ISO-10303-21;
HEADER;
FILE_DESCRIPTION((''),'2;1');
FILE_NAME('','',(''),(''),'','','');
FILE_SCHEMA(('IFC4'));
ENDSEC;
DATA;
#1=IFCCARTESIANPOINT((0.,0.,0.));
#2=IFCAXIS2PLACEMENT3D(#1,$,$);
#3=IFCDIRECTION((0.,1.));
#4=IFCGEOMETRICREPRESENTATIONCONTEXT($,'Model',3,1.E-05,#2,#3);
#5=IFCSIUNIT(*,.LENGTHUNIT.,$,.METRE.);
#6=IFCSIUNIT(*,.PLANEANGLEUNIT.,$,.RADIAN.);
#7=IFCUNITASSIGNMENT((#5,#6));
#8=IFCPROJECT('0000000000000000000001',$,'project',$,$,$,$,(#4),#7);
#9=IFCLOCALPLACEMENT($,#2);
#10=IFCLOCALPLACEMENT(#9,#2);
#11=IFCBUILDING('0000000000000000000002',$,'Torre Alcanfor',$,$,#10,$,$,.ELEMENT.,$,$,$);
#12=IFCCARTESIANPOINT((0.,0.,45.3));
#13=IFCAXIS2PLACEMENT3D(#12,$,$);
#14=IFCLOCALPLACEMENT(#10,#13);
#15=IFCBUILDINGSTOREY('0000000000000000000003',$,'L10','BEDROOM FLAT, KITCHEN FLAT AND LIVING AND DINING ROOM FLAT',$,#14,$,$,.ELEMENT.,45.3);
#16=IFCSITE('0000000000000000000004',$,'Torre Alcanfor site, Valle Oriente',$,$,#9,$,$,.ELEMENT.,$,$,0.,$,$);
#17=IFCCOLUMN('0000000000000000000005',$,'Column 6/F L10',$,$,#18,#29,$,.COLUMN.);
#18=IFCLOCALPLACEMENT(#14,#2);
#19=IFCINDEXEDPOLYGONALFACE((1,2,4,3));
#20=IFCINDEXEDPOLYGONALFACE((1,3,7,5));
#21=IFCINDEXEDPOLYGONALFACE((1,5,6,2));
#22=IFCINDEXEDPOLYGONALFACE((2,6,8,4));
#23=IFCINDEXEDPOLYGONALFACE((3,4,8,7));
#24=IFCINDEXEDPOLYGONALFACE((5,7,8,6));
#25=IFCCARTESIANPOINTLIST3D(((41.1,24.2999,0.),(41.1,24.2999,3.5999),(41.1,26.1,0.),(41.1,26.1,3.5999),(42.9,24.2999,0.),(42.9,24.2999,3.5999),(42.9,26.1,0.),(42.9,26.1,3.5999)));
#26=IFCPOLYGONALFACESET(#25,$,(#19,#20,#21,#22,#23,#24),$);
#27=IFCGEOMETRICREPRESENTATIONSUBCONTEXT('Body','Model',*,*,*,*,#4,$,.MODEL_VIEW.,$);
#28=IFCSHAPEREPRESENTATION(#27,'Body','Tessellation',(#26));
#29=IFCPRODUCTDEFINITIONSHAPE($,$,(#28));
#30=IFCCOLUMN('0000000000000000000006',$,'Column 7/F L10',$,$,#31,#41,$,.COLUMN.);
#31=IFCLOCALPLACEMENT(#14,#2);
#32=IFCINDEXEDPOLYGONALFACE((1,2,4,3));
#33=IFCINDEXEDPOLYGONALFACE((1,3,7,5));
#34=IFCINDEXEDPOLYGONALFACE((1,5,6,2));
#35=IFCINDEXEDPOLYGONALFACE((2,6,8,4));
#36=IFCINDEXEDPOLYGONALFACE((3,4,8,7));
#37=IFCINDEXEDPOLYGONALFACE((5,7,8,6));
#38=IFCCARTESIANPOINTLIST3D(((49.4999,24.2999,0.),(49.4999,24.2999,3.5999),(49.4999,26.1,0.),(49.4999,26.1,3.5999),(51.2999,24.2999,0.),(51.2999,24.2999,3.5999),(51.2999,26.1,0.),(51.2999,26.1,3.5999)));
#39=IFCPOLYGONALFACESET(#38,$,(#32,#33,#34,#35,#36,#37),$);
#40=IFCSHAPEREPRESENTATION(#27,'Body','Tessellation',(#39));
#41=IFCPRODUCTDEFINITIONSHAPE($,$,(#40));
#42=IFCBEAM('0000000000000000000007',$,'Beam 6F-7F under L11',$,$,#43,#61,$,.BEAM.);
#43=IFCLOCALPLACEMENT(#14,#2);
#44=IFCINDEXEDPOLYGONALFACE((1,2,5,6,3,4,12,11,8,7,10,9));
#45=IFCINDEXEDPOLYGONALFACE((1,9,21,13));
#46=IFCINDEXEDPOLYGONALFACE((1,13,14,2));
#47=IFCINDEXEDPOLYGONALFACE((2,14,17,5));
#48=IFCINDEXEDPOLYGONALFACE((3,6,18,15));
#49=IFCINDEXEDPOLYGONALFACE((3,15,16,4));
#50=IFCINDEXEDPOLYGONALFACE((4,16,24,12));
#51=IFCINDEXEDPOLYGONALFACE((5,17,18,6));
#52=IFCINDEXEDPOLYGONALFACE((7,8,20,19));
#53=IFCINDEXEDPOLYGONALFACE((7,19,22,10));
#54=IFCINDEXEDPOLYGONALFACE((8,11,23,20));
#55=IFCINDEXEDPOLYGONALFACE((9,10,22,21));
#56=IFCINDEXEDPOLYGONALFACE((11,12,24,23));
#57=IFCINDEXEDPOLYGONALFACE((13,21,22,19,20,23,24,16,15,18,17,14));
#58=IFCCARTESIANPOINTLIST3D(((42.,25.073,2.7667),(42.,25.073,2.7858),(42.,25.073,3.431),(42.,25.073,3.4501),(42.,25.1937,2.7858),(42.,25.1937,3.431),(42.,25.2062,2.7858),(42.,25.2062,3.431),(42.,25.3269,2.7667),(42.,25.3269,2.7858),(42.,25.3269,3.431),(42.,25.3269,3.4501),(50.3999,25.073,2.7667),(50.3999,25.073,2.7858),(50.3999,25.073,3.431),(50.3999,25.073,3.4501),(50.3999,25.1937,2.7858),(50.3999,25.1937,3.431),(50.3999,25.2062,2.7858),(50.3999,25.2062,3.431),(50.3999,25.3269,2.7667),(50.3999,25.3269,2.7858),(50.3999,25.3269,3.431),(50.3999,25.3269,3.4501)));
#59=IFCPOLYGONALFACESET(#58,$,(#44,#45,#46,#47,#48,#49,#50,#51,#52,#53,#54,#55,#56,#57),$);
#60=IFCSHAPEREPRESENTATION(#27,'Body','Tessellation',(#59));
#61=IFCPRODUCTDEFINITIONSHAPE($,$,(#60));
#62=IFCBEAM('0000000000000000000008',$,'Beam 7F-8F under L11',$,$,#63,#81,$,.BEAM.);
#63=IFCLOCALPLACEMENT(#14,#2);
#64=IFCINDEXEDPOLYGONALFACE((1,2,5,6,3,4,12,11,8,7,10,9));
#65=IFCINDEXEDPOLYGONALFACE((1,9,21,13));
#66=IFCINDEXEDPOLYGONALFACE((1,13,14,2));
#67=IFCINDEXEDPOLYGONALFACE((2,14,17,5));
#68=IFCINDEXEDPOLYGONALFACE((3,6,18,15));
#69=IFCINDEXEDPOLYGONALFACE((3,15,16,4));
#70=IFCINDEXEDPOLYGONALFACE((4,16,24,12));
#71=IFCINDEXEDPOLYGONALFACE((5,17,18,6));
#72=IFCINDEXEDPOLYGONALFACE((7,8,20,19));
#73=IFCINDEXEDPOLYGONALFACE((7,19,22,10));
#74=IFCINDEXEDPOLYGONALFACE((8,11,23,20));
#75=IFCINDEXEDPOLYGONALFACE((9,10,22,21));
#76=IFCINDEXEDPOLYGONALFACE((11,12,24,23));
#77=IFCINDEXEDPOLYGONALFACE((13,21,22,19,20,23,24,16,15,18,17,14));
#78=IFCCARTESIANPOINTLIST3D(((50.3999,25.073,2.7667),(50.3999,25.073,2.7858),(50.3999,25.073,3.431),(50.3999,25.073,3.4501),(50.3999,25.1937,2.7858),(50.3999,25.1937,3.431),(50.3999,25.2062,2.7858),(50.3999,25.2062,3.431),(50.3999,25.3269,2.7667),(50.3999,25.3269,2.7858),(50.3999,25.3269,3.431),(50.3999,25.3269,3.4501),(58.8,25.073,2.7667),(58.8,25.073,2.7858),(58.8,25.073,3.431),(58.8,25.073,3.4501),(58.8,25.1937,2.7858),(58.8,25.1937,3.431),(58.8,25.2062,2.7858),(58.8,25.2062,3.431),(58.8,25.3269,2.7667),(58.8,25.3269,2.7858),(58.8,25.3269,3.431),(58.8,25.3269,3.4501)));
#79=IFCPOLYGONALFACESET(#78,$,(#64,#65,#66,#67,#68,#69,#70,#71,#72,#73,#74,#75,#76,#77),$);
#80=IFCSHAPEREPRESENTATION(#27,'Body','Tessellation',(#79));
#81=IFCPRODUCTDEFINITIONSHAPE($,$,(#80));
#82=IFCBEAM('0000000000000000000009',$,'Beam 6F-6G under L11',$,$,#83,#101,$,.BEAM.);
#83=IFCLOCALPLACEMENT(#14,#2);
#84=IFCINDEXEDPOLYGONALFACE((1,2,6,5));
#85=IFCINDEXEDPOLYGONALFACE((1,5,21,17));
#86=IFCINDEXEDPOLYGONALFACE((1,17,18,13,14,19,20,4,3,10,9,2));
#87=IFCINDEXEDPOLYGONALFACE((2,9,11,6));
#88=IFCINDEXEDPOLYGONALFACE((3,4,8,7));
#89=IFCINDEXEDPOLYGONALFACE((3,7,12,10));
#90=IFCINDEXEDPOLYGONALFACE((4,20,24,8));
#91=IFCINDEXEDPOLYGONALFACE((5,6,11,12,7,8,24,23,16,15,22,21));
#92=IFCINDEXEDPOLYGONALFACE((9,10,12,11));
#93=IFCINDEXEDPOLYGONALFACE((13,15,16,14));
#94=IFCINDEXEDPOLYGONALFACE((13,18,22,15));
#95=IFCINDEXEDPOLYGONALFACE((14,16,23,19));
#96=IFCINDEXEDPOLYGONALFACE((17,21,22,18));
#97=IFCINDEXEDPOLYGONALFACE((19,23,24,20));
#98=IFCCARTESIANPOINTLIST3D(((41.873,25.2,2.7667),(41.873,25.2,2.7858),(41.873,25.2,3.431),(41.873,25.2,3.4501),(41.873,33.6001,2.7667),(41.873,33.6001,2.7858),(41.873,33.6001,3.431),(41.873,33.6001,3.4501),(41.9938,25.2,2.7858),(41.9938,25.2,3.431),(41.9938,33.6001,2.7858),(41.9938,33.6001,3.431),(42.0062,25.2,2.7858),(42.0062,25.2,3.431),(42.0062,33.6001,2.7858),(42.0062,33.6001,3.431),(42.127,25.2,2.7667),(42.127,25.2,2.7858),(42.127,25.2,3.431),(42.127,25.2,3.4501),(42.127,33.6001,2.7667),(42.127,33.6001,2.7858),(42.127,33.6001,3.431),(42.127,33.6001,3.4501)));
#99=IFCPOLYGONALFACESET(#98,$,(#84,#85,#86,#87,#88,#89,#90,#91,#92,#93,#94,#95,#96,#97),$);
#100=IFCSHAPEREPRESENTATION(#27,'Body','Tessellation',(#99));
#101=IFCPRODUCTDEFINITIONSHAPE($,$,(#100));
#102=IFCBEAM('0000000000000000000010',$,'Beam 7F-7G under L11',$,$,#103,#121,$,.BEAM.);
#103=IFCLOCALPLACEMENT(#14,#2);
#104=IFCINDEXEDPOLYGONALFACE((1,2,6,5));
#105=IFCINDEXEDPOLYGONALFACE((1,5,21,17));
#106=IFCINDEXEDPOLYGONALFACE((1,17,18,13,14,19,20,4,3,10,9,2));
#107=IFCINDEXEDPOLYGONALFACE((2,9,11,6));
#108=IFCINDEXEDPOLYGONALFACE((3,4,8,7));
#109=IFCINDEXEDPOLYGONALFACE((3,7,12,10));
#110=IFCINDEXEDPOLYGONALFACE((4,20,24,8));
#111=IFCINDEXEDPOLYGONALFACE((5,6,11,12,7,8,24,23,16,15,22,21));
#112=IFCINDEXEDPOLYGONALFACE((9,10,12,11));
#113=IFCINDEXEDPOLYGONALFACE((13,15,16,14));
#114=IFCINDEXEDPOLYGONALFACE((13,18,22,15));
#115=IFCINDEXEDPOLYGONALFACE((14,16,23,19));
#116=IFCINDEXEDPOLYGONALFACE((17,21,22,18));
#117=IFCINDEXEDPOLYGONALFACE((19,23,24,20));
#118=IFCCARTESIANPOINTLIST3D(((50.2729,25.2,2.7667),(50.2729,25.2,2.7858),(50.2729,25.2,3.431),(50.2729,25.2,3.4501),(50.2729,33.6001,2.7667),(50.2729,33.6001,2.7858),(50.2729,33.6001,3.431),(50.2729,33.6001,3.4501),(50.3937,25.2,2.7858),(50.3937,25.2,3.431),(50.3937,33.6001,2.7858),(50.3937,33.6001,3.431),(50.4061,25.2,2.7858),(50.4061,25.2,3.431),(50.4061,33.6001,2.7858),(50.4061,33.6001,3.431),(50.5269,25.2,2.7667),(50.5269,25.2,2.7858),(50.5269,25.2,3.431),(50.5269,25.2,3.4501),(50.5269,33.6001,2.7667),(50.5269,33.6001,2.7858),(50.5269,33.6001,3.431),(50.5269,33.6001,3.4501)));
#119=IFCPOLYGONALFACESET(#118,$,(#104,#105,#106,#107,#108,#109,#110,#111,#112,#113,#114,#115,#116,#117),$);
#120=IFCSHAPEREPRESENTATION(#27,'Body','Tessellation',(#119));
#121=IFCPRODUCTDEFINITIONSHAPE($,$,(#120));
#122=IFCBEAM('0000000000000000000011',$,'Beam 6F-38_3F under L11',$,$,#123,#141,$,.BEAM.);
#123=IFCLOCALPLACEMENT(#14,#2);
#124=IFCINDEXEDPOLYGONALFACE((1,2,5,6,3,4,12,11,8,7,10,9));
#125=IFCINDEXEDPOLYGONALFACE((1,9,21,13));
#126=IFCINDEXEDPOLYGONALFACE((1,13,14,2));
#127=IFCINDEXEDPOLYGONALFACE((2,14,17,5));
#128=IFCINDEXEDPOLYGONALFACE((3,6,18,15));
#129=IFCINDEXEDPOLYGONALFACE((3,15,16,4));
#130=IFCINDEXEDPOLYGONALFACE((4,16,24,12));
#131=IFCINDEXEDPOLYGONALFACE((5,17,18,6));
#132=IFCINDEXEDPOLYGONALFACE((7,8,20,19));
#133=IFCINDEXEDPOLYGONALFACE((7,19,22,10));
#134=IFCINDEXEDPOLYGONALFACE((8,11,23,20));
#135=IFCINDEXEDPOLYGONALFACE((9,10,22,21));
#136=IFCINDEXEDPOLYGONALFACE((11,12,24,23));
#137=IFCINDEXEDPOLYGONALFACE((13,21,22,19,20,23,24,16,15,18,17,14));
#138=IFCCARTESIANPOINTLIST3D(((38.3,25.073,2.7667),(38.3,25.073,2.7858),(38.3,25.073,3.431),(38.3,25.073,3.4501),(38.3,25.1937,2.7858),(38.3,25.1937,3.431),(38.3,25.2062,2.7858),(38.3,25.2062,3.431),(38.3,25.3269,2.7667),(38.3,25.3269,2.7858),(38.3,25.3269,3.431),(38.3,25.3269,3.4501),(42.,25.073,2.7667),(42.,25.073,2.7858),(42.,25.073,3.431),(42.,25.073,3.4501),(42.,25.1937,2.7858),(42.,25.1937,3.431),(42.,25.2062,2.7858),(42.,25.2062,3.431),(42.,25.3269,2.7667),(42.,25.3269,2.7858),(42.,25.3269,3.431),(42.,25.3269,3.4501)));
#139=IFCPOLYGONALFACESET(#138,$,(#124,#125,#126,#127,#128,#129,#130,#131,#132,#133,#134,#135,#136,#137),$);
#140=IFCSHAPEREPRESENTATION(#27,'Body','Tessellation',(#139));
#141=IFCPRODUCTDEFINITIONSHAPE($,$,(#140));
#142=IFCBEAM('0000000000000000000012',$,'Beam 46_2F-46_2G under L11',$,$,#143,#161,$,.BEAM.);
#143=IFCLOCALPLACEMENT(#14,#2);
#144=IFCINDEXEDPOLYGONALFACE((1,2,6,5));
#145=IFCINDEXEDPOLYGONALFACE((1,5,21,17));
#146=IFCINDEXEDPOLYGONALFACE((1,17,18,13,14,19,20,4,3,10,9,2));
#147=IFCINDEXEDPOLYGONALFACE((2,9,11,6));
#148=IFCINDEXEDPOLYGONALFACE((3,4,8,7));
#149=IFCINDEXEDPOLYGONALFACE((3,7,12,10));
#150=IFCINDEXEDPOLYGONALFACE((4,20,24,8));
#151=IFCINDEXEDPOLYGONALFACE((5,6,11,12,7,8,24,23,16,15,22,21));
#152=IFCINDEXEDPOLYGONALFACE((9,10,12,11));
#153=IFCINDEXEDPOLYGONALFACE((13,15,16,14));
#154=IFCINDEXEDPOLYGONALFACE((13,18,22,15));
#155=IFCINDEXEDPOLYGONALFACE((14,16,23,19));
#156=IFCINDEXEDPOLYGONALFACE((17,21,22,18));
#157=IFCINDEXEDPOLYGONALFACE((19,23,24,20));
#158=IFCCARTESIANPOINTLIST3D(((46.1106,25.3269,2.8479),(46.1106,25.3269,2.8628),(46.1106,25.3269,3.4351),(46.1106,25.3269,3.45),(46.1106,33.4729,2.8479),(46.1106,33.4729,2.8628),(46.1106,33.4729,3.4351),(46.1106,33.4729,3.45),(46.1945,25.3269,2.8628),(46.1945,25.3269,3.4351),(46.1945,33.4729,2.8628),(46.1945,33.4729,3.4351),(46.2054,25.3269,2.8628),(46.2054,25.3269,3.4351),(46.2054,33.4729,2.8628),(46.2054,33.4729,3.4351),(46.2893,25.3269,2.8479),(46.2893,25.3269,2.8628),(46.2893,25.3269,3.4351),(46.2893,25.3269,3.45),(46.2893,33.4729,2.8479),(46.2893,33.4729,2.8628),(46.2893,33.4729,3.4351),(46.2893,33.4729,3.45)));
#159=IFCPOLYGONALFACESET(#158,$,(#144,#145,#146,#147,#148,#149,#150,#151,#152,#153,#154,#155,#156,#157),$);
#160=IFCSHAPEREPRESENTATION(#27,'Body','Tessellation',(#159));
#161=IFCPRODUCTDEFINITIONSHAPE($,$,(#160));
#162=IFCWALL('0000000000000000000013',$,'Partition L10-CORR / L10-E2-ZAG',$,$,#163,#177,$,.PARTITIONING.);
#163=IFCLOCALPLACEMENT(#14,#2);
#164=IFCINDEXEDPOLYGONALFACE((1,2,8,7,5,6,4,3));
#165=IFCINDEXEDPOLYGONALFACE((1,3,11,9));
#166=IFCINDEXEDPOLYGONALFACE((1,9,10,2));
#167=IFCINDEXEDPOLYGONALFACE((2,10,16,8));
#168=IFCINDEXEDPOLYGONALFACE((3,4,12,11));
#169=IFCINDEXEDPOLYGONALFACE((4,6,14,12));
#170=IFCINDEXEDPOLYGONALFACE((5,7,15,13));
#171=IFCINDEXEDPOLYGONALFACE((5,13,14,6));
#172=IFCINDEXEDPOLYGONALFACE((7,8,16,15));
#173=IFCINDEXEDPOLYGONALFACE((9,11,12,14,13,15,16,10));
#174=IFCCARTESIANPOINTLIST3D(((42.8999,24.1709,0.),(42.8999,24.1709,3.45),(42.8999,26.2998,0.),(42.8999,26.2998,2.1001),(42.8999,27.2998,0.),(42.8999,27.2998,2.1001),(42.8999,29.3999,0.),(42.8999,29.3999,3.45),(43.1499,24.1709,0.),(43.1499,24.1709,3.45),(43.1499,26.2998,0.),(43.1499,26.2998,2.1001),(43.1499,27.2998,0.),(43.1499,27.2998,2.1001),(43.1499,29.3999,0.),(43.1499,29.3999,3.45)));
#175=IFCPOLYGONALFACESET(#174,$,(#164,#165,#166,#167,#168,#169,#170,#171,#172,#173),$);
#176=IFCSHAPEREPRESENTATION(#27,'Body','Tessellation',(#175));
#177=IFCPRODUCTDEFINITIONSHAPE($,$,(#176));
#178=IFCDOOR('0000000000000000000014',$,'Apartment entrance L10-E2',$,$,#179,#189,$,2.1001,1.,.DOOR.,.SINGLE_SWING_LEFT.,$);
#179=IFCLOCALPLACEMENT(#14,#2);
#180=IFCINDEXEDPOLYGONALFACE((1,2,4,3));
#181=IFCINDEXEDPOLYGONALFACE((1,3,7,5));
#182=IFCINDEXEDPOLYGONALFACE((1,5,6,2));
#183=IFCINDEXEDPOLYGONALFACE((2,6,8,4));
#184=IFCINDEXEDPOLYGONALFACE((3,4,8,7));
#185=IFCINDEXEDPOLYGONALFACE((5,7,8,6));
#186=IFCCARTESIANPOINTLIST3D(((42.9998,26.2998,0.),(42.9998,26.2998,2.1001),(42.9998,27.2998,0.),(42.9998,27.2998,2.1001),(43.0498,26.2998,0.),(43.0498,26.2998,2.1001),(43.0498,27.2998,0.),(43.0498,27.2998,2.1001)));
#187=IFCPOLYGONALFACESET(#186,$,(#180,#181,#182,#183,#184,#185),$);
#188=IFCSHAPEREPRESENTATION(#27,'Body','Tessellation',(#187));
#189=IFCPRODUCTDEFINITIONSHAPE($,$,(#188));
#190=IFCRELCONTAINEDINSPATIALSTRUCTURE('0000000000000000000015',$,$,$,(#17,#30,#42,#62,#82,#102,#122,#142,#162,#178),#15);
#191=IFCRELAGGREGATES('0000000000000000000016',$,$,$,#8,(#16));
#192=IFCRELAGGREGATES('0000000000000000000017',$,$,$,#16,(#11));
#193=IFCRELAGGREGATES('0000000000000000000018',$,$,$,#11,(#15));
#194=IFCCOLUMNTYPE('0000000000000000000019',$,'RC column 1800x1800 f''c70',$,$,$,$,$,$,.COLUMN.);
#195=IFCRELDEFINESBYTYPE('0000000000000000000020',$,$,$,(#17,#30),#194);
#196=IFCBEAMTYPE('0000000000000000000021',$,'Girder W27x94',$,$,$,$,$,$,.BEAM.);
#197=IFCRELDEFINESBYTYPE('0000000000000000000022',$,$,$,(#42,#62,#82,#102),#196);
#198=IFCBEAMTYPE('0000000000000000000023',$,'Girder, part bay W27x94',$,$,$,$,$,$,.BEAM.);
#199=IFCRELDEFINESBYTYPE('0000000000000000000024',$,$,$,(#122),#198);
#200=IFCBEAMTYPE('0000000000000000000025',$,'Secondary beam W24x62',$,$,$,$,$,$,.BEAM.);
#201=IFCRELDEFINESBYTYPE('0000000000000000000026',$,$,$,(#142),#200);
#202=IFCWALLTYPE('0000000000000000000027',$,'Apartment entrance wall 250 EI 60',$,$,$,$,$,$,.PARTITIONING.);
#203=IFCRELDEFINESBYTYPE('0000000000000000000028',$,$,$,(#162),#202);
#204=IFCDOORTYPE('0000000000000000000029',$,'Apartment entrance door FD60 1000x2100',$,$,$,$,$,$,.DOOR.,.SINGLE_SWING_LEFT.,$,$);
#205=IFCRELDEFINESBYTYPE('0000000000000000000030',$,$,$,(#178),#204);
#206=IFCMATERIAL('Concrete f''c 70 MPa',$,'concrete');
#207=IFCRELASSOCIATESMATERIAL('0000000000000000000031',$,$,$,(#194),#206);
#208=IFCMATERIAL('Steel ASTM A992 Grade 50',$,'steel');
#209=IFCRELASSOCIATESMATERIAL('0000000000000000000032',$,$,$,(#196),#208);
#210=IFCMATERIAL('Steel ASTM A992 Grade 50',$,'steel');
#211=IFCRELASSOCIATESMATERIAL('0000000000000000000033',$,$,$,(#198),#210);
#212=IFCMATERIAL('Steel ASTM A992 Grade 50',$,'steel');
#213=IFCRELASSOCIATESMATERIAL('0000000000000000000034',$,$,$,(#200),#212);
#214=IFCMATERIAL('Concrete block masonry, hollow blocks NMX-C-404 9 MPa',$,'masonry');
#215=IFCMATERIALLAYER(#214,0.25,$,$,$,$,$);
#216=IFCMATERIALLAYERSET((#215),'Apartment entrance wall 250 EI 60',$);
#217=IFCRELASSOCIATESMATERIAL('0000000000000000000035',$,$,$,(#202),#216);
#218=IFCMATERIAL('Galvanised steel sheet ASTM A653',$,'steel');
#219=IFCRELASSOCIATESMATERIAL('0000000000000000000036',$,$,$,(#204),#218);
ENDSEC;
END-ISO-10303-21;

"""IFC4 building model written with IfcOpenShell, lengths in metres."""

from ifc_helpers import new_model, si_unit, direction, frame, frame_2d, origin, origin_2d, place, context, subcontext, project, spatial, rectangle, i_section, extrude, material, layer, layer_set, material_profile, profile_set, type_object, element, fill, save


model = new_model("IFC4")

# Units and contexts
model_context = context("Model", 3, precision=1e-05, world=origin(), true_north=direction((0.0, 1.0)))
body_context = subcontext(model_context, "Body", "Model", "MODEL_VIEW")
ifc_project = project(units=[si_unit("LENGTHUNIT", "METRE"), si_unit("PLANEANGLEUNIT", "RADIAN")], contexts=[model_context])

# Site, building, storey
site_placement = place(None, origin())
site = spatial("IfcSite", under=ifc_project, at=site_placement, Name="Torre Alcanfor site, Valle Oriente", CompositionType="ELEMENT", RefElevation=0.0)
building_placement = place(site_placement, origin())
building = spatial("IfcBuilding", under=site, at=building_placement, Name="Torre Alcanfor", CompositionType="ELEMENT")
storey_placement = place(building_placement, frame((0.0, 0.0, 45.3)))
storey = spatial("IfcBuildingStorey", under=building, at=storey_placement, Name="L10", Description="BEDROOM FLAT, KITCHEN FLAT AND LIVING AND DINING ROOM FLAT", CompositionType="ELEMENT", Elevation=45.3)

# Columns
ifc_material_1 = material(Name="Concrete f'c 70 MPa", Category="concrete")
ifc_material_profile_1 = material_profile(ifc_material_1, rectangle(XDim=1.8, YDim=1.8, at=origin_2d()), Name="1800x1800")
ifc_profile_set_1 = profile_set([ifc_material_profile_1], Name="Concrete f'c 70 MPa")
column_type = type_object("IfcColumnType", Name="RC column 1800x1800 f'c70", PredefinedType="COLUMN", material=ifc_profile_set_1)
for number, where, z_axis, x_axis, name in (
    (1, (42.0, 25.2, 0.0), (0.0, 0.0, 1.0), (1.0, 0.0, 0.0), "Column 6/F L10"),
    (2, (50.3999, 25.2, 0.0), (0.0, 0.0, 1.0), (1.0, 0.0, 0.0), "Column 7/F L10"),
):
    element("IfcColumn", number, at=place(storey_placement, frame(where, z_axis=z_axis, x_axis=x_axis)), inside=storey, type_object=column_type, Name=name, PredefinedType="COLUMN", context=body_context, shape_type="SweptSolid", body=[
        extrude(rectangle(XDim=1.8, YDim=1.8, at=origin_2d()), origin(), (0.0, 0.0, 1.0), 3.5999),
    ])

# Beams
ifc_material_2 = material(Name="Steel ASTM A992 Grade 50", Category="steel")
ifc_material_profile_2 = material_profile(ifc_material_2, i_section(OverallWidth=0.2539, OverallDepth=0.6833, WebThickness=0.0125, FlangeThickness=0.019, at=origin_2d()), Name="W27x94")
ifc_profile_set_2 = profile_set([ifc_material_profile_2], Name="Steel ASTM A992 Grade 50")
beam_type_1 = type_object("IfcBeamType", Name="Girder W27x94", PredefinedType="BEAM", material=ifc_profile_set_2)
beam_1_placement = place(storey_placement, frame((42.0, 25.2, 3.1084), z_axis=(1.0, 0.0, 0.0), x_axis=(0.0, 1.0, 0.0)))
element("IfcBeam", 3, at=beam_1_placement, inside=storey, type_object=beam_type_1, Name="Beam 6F-7F under L11", PredefinedType="BEAM", context=body_context, shape_type="SweptSolid", body=[
    extrude(i_section(OverallWidth=0.2539, OverallDepth=0.6833, WebThickness=0.0125, FlangeThickness=0.019, at=origin_2d()), origin(), (0.0, 0.0, 1.0), 8.3999),
])
for number, where, z_axis, x_axis, name in (
    (4, (50.3999, 25.2, 3.1084), (1.0, 0.0, 0.0), (0.0, 1.0, 0.0), "Beam 7F-8F under L11"),
    (5, (42.0, 25.2, 3.1084), (0.0, 1.0, 0.0), (-1.0, 0.0, 0.0), "Beam 6F-6G under L11"),
    (6, (50.3999, 25.2, 3.1084), (0.0, 1.0, 0.0), (-1.0, 0.0, 0.0), "Beam 7F-7G under L11"),
):
    element("IfcBeam", number, at=place(storey_placement, frame(where, z_axis=z_axis, x_axis=x_axis)), inside=storey, type_object=beam_type_1, Name=name, PredefinedType="BEAM", context=body_context, shape_type="SweptSolid", body=[
        extrude(i_section(OverallWidth=0.2539, OverallDepth=0.6833, WebThickness=0.0125, FlangeThickness=0.019, at=origin_2d()), origin(), (0.0, 0.0, 1.0), 8.4001),
    ])
ifc_material_3 = material(Name="Steel ASTM A992 Grade 50", Category="steel")
ifc_material_profile_3 = material_profile(ifc_material_3, i_section(OverallWidth=0.2539, OverallDepth=0.6833, WebThickness=0.0125, FlangeThickness=0.019, at=origin_2d()), Name="W27x94")
ifc_profile_set_3 = profile_set([ifc_material_profile_3], Name="Steel ASTM A992 Grade 50")
beam_type_2 = type_object("IfcBeamType", Name="Girder, part bay W27x94", PredefinedType="BEAM", material=ifc_profile_set_3)
beam_2_placement = place(storey_placement, frame((42.0, 25.2, 3.1084), z_axis=(-1.0, 0.0, 0.0), x_axis=(0.0, -1.0, 0.0)))
element("IfcBeam", 7, at=beam_2_placement, inside=storey, type_object=beam_type_2, Name="Beam 6F-38_3F under L11", PredefinedType="BEAM", context=body_context, shape_type="SweptSolid", body=[
    extrude(i_section(OverallWidth=0.2539, OverallDepth=0.6833, WebThickness=0.0125, FlangeThickness=0.019, at=origin_2d()), origin(), (0.0, 0.0, 1.0), 3.7),
])
ifc_material_4 = material(Name="Steel ASTM A992 Grade 50", Category="steel")
ifc_material_profile_4 = material_profile(ifc_material_4, i_section(OverallWidth=0.1787, OverallDepth=0.6021, WebThickness=0.011, FlangeThickness=0.0149, at=origin_2d()), Name="W24x62")
ifc_profile_set_4 = profile_set([ifc_material_profile_4], Name="Steel ASTM A992 Grade 50")
beam_type_3 = type_object("IfcBeamType", Name="Secondary beam W24x62", PredefinedType="BEAM", material=ifc_profile_set_4)
beam_3_placement = place(storey_placement, frame((46.2, 25.3269, 3.1489), z_axis=(0.0, 1.0, 0.0), x_axis=(-1.0, 0.0, 0.0)))
element("IfcBeam", 8, at=beam_3_placement, inside=storey, type_object=beam_type_3, Name="Beam 46_2F-46_2G under L11", PredefinedType="BEAM", context=body_context, shape_type="SweptSolid", body=[
    extrude(i_section(OverallWidth=0.1787, OverallDepth=0.6021, WebThickness=0.011, FlangeThickness=0.0149, at=origin_2d()), origin(), (0.0, 0.0, 1.0), 8.146),
])

# Wall, opening, door
ifc_material_5 = material(Name="Concrete block masonry, hollow blocks NMX-C-404 9 MPa", Category="masonry")
ifc_layer_1 = layer(ifc_material_5, 0.25)
ifc_layer_set_1 = layer_set([ifc_layer_1], Name="Apartment entrance wall 250 EI 60")
wall_type_1 = type_object("IfcWallType", Name="Apartment entrance wall 250 EI 60", PredefinedType="PARTITIONING", material=ifc_layer_set_1)
wall_1_placement = place(storey_placement, frame((43.0249, 29.3999, 0.0), z_axis=(0.0, 0.0, 1.0), x_axis=(0.0, -1.0, 0.0)))
wall_1 = element("IfcWall", 9, at=wall_1_placement, inside=storey, type_object=wall_type_1, Name="Partition L10-CORR / L10-E2-ZAG", PredefinedType="PARTITIONING", context=body_context, shape_type="SweptSolid", body=[
    extrude(rectangle(XDim=5.229, YDim=0.25, at=frame_2d((2.6145, 0.0))), origin(), (0.0, 0.0, 1.0), 3.45),
])
opening_placement = place(wall_1_placement, frame((2.1001, 0.0, 0.0)))
opening = element("IfcOpeningElement", 10, at=opening_placement, cuts=wall_1, PredefinedType="OPENING", context=body_context, shape_type="SweptSolid", body=[
    extrude(rectangle(XDim=1.0, YDim=2.1001, at=frame_2d((0.5, 1.05))), frame((0.0, 0.135, 0.0), z_axis=(0.0, -1.0, 0.0), x_axis=(1.0, 0.0, 0.0)), (0.0, 0.0, 1.0), 0.27),
])
ifc_material_6 = material(Name="Galvanised steel sheet ASTM A653", Category="steel")
door_type = type_object("IfcDoorType", Name="Apartment entrance door FD60 1000x2100", OperationType="SINGLE_SWING_LEFT", PredefinedType="DOOR", material=ifc_material_6)
door_placement = place(opening_placement, origin())
door = element("IfcDoor", 11, at=door_placement, inside=storey, type_object=door_type, Name="Apartment entrance L10-E2", OperationType="SINGLE_SWING_LEFT", OverallHeight=2.1001, OverallWidth=1.0, PredefinedType="DOOR", context=body_context, shape_type="SweptSolid", body=[
    extrude(rectangle(XDim=1.0, YDim=2.1001, at=frame_2d((0.5, 1.05))), frame((0.0, 0.0249, 0.0), z_axis=(0.0, -1.0, 0.0), x_axis=(1.0, 0.0, 0.0)), (0.0, 0.0, 1.0), 0.05),
])
fill(opening, door)

save(model, "model.ifc")
